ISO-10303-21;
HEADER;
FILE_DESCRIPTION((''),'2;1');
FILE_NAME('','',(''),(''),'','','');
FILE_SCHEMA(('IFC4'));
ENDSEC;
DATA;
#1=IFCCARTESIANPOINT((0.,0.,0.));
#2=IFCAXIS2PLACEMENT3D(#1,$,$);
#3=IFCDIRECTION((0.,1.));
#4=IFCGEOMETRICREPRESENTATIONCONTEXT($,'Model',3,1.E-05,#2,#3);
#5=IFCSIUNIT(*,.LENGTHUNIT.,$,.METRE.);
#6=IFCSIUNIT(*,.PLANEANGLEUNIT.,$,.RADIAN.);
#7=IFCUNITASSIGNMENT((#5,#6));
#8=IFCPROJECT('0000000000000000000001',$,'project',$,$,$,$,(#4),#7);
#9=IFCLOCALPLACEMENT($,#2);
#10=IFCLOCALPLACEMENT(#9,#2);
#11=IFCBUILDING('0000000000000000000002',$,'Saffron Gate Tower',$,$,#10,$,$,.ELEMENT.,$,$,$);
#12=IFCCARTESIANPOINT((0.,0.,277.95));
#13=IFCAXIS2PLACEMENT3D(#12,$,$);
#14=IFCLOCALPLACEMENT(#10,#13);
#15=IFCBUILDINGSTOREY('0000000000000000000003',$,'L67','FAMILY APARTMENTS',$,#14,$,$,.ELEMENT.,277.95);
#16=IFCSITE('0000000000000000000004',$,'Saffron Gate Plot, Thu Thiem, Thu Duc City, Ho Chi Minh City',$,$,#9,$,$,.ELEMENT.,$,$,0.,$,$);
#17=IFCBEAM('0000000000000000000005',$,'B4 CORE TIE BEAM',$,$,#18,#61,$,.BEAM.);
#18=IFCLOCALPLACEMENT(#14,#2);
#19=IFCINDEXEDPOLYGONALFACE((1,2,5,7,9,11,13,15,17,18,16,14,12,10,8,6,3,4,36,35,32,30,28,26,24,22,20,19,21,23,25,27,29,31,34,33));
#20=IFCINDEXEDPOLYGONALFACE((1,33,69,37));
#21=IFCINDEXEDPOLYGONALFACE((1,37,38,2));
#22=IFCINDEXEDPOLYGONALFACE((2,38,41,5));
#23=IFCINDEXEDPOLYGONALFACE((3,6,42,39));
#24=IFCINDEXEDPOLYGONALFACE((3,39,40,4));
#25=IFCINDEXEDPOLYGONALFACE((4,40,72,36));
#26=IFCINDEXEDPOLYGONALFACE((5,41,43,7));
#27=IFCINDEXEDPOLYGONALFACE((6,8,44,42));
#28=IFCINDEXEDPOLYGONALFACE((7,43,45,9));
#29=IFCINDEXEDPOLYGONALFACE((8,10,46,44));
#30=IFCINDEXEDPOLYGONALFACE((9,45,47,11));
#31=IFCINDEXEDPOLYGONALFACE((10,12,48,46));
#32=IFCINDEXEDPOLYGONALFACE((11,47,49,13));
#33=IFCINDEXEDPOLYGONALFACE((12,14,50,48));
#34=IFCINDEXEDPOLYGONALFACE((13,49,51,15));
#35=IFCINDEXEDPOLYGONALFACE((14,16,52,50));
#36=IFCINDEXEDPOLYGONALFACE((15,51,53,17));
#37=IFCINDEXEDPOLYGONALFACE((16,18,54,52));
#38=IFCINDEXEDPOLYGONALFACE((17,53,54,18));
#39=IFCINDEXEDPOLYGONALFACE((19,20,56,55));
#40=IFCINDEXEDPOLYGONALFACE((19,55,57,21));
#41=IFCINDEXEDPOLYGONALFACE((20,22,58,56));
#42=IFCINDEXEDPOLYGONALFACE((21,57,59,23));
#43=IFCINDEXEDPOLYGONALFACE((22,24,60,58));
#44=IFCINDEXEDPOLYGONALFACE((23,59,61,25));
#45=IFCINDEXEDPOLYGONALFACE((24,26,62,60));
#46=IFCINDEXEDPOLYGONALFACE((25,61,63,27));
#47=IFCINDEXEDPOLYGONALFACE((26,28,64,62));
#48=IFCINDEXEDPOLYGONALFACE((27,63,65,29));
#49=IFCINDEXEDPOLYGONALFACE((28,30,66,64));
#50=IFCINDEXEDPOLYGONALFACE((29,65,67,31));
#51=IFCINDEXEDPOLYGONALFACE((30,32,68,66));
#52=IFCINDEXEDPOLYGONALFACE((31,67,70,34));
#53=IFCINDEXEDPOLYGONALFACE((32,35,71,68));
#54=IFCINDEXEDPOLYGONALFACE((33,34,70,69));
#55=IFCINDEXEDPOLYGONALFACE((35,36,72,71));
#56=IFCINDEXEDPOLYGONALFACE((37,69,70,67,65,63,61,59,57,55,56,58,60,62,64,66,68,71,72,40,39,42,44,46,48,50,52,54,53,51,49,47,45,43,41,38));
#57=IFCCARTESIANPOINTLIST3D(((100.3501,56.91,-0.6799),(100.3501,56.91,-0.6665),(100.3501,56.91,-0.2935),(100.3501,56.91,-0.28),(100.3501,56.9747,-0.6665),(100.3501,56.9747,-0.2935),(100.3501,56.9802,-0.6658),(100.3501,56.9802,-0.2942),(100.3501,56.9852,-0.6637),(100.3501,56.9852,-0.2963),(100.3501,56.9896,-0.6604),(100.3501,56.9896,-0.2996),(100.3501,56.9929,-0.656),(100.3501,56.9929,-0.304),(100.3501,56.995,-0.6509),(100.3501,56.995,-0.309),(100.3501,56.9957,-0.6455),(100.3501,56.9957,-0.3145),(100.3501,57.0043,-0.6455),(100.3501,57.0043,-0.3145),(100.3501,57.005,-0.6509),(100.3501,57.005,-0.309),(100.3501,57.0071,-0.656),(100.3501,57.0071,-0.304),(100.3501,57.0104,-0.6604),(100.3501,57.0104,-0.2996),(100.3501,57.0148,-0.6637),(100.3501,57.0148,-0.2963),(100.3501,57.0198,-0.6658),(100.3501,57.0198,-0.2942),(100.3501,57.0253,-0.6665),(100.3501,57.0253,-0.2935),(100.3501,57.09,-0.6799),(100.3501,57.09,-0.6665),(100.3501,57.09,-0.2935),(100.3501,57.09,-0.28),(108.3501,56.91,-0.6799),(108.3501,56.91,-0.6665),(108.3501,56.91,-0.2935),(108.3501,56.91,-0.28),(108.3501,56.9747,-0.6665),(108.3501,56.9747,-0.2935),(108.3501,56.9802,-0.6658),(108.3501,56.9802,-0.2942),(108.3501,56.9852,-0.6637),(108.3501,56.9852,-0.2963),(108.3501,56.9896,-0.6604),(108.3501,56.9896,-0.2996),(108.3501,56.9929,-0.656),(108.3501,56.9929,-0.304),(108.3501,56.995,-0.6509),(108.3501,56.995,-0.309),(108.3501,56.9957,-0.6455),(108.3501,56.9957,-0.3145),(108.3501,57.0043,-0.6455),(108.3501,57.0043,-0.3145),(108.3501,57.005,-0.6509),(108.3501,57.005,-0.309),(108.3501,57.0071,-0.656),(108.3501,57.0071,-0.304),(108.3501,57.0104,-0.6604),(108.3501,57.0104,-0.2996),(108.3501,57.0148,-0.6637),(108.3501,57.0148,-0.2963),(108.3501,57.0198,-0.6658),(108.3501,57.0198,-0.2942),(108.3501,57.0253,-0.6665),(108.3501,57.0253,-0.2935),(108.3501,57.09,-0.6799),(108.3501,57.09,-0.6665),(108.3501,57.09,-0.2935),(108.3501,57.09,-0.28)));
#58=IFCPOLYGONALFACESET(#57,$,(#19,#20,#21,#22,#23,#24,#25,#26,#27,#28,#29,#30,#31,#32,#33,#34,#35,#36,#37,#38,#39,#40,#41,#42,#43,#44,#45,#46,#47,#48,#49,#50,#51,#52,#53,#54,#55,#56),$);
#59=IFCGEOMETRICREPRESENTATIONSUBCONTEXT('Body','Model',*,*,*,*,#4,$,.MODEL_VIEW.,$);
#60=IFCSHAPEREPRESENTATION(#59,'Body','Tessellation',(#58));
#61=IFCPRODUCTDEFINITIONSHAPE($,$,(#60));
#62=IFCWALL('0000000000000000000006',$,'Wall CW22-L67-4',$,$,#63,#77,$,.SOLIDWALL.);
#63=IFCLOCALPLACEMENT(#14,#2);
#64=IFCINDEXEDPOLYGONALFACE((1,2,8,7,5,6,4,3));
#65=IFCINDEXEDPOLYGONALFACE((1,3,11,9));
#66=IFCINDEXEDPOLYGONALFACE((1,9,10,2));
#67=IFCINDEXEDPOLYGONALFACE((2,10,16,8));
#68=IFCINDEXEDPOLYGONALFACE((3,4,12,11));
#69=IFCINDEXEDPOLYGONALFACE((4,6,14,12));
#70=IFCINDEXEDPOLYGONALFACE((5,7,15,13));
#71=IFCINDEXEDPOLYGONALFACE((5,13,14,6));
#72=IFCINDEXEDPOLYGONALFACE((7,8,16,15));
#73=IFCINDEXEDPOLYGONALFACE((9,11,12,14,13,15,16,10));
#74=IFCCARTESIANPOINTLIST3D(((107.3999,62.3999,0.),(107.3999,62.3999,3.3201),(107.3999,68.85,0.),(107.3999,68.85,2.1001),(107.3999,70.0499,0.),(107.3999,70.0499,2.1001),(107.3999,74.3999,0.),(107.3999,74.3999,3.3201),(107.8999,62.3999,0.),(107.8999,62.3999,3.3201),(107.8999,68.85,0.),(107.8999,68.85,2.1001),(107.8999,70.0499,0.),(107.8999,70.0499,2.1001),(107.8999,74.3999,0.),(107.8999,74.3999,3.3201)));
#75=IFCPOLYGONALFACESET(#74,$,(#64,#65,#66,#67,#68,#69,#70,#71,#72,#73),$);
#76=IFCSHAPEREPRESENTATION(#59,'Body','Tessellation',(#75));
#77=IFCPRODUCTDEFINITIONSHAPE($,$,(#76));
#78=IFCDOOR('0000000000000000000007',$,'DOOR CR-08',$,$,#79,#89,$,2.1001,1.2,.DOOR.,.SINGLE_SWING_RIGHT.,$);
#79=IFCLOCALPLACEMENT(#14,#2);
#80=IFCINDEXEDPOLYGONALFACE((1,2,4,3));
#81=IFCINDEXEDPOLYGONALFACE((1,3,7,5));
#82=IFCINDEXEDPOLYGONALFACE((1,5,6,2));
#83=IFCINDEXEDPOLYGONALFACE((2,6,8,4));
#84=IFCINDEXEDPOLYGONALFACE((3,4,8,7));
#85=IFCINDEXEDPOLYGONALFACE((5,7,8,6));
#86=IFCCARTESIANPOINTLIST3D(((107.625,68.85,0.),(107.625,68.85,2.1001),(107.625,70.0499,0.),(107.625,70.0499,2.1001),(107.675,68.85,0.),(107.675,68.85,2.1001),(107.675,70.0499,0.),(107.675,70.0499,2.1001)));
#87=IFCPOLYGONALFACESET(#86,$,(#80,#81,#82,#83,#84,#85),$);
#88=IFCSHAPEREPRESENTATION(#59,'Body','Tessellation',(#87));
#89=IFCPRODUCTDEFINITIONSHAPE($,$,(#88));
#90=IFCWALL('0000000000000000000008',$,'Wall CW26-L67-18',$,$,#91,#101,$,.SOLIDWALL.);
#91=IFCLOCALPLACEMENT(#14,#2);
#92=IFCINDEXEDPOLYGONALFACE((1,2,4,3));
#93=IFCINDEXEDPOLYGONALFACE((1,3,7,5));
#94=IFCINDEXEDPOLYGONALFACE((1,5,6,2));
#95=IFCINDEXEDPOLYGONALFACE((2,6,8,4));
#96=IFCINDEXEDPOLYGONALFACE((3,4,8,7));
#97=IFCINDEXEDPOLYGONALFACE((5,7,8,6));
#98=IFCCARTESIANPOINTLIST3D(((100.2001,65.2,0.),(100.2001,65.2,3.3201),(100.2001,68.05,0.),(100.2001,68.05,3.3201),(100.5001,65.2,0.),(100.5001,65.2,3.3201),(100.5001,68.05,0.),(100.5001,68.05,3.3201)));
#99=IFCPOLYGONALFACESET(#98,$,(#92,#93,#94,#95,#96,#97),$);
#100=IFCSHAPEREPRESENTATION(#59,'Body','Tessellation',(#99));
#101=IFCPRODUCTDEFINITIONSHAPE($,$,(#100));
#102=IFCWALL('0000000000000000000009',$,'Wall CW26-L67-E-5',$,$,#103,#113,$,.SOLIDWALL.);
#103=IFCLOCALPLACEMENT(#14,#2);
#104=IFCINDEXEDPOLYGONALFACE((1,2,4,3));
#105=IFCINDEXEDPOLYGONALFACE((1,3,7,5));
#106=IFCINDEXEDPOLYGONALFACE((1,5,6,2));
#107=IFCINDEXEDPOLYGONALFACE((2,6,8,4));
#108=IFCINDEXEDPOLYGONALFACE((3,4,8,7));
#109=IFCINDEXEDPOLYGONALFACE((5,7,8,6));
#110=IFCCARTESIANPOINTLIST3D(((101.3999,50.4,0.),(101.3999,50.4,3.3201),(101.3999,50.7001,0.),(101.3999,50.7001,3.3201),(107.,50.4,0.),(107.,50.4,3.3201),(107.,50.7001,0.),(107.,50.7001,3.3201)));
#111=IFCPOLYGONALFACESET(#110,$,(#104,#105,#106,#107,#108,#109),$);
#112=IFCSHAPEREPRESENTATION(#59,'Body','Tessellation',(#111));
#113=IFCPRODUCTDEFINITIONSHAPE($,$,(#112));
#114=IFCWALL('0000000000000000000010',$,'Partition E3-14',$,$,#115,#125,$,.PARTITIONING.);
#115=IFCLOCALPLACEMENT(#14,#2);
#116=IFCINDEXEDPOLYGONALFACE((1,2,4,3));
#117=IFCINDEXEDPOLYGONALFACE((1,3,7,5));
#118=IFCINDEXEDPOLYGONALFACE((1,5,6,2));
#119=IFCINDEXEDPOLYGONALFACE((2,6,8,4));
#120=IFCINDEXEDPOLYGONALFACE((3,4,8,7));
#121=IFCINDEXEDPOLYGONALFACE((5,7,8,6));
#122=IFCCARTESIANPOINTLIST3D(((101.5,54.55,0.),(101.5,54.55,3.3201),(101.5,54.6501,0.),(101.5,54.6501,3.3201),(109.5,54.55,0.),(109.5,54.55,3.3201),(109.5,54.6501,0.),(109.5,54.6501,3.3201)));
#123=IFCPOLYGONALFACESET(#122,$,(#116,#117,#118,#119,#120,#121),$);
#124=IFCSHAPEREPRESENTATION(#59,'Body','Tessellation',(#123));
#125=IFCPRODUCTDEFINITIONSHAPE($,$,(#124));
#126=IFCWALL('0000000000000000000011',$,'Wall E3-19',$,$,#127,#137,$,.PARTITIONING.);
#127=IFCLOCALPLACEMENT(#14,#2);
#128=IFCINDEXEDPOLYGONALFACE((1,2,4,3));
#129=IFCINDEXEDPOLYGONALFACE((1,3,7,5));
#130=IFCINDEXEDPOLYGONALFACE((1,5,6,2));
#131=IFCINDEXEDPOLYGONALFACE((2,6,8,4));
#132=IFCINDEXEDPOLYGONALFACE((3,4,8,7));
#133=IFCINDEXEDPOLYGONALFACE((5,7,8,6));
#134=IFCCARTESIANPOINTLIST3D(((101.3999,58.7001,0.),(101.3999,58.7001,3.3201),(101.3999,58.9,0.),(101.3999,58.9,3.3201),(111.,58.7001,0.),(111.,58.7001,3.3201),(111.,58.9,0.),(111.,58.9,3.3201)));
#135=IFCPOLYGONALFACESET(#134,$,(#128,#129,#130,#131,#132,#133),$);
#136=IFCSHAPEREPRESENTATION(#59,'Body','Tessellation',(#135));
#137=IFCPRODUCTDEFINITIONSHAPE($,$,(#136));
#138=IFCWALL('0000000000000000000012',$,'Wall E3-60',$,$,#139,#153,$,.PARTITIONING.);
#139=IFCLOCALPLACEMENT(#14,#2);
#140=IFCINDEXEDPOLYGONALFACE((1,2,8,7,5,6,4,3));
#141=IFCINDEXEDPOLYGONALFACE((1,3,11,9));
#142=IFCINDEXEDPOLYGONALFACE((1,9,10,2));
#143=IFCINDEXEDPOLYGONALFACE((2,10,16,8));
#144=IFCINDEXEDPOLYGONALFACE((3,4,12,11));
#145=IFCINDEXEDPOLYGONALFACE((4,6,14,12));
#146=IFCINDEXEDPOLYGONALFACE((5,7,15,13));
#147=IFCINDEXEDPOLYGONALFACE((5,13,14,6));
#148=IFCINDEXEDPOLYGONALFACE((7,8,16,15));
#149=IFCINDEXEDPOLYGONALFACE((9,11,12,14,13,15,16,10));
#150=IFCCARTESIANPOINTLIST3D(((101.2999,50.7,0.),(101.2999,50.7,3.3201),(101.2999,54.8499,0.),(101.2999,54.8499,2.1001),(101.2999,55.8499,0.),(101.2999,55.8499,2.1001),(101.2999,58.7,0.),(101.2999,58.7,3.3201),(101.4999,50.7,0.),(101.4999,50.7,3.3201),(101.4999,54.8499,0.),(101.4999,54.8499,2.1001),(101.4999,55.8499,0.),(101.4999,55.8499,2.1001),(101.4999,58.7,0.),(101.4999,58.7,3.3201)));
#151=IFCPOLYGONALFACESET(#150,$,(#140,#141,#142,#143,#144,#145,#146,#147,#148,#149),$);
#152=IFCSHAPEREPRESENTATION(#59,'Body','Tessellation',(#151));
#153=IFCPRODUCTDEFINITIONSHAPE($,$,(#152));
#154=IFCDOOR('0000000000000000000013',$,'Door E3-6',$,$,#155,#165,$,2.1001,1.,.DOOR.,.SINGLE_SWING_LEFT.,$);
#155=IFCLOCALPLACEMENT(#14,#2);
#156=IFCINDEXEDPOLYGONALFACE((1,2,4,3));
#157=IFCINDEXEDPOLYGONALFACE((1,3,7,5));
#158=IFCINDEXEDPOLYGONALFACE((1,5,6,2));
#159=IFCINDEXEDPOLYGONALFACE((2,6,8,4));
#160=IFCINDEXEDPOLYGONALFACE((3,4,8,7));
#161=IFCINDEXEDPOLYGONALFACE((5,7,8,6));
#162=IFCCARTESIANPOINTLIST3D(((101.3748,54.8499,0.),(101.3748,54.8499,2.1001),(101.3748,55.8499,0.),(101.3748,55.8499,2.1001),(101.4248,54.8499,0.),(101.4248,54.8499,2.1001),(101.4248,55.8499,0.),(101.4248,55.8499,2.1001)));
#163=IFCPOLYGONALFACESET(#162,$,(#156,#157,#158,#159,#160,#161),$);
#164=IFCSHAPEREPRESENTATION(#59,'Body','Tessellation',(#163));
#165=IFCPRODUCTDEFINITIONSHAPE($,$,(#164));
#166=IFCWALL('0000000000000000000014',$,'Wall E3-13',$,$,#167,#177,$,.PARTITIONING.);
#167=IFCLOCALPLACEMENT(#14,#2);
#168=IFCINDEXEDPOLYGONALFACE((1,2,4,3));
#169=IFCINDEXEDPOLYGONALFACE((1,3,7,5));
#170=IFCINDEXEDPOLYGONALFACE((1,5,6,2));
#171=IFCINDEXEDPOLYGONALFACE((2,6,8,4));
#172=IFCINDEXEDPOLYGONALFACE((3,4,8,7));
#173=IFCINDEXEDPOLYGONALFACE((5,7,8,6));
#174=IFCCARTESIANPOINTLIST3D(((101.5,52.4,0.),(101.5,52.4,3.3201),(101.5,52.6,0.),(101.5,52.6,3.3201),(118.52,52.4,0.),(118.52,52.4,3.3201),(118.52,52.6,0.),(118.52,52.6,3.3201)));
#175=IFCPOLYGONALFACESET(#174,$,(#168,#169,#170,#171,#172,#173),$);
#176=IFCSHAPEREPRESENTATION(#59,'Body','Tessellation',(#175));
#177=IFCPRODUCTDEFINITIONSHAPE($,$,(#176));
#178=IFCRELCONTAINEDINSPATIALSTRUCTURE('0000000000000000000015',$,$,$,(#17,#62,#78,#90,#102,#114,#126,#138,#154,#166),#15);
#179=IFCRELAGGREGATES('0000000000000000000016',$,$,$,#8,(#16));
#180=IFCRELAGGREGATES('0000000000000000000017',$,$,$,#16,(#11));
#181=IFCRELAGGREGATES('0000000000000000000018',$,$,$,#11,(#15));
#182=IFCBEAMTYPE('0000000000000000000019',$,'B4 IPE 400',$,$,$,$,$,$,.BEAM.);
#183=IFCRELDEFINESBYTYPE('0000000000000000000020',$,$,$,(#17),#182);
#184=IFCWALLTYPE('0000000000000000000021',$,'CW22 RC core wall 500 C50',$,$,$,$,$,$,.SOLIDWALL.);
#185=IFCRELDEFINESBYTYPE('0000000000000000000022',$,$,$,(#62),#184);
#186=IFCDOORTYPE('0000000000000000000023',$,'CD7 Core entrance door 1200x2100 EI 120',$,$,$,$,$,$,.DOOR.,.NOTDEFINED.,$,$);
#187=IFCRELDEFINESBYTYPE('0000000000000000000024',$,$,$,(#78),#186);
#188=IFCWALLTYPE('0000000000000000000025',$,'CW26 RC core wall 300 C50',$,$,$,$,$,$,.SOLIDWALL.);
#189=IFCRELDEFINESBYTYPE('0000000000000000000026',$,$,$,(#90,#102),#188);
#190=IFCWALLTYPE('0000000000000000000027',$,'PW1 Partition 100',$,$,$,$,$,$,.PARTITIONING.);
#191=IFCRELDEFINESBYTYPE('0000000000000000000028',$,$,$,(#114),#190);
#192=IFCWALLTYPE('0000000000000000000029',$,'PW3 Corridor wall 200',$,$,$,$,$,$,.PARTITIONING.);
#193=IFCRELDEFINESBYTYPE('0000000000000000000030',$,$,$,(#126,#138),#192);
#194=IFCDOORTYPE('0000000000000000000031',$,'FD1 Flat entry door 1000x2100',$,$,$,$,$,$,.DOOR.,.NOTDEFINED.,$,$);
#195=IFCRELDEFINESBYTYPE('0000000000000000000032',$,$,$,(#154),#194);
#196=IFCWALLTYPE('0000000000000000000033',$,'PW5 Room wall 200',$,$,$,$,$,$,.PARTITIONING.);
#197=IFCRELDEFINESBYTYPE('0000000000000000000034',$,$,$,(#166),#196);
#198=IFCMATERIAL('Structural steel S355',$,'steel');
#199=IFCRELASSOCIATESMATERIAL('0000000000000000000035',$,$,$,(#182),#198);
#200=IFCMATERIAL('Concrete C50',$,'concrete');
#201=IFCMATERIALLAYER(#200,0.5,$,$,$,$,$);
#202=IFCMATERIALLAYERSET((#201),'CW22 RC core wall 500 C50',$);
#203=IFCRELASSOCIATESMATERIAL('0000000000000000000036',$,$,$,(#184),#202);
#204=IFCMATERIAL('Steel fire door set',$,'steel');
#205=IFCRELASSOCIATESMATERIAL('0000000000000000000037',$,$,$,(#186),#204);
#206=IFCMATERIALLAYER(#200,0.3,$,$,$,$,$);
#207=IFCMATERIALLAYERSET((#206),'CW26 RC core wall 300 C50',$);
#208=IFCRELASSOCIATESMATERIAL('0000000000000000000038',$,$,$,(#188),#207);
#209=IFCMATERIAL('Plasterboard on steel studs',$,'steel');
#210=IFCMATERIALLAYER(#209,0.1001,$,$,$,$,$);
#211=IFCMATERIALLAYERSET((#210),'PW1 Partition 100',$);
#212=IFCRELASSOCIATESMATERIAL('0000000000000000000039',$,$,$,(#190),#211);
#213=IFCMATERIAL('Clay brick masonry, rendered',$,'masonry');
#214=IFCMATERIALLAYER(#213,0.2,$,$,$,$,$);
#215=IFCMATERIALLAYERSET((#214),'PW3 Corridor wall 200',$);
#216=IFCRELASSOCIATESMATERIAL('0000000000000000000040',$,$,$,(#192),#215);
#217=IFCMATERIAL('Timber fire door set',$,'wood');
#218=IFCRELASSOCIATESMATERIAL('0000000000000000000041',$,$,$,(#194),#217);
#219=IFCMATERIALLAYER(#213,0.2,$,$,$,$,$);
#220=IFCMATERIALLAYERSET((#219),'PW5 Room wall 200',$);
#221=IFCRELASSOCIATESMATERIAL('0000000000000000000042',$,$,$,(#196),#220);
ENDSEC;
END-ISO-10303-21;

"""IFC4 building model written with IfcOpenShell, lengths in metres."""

from ifc_helpers import new_model, si_unit, direction, frame, frame_2d, origin, origin_2d, place, context, subcontext, project, spatial, rectangle, i_section, extrude, material, layer, layer_set, material_profile, profile_set, type_object, element, fill, save


model = new_model("IFC4")

# Units and contexts
model_context = context("Model", 3, precision=1e-05, world=origin(), true_north=direction((0.0, 1.0)))
body_context = subcontext(model_context, "Body", "Model", "MODEL_VIEW")
ifc_project = project(units=[si_unit("LENGTHUNIT", "METRE"), si_unit("PLANEANGLEUNIT", "RADIAN")], contexts=[model_context])

# Site, building, storey
site_placement = place(None, origin())
site = spatial("IfcSite", under=ifc_project, at=site_placement, Name="Saffron Gate Plot, Thu Thiem, Thu Duc City, Ho Chi Minh City", CompositionType="ELEMENT", RefElevation=0.0)
building_placement = place(site_placement, origin())
building = spatial("IfcBuilding", under=site, at=building_placement, Name="Saffron Gate Tower", CompositionType="ELEMENT")
storey_placement = place(building_placement, frame((0.0, 0.0, 277.95)))
storey = spatial("IfcBuildingStorey", under=building, at=storey_placement, Name="L67", Description="FAMILY APARTMENTS", CompositionType="ELEMENT", Elevation=277.95)

# Beam
ifc_material_1 = material(Name="Structural steel S355", Category="steel")
ifc_material_profile = material_profile(ifc_material_1, i_section(OverallWidth=0.1799, OverallDepth=0.3999, WebThickness=0.0085, FlangeThickness=0.0134, FilletRadius=0.021, at=origin_2d()))
ifc_profile_set = profile_set([ifc_material_profile], Name="Structural steel S355")
beam_type = type_object("IfcBeamType", Name="B4 IPE 400", PredefinedType="BEAM", material=ifc_profile_set)
beam_placement = place(storey_placement, frame((108.3501, 57.0, -0.48), z_axis=(-1.0, 0.0, 0.0), x_axis=(0.0, -1.0, 0.0)))
element("IfcBeam", 1, at=beam_placement, inside=storey, type_object=beam_type, Name="B4 CORE TIE BEAM", PredefinedType="BEAM", context=body_context, shape_type="SweptSolid", body=[
    extrude(i_section(OverallWidth=0.1799, OverallDepth=0.3999, WebThickness=0.0085, FlangeThickness=0.0134, FilletRadius=0.021, at=origin_2d()), origin(), (0.0, 0.0, 1.0), 8.0),
])

# Wall, opening, door
ifc_material_2 = material(Name="Concrete C50", Category="concrete")
ifc_layer_1 = layer(ifc_material_2, 0.5)
ifc_layer_set_1 = layer_set([ifc_layer_1], Name="CW22 RC core wall 500 C50")
wall_type_1 = type_object("IfcWallType", Name="CW22 RC core wall 500 C50", PredefinedType="SOLIDWALL", material=ifc_layer_set_1)
wall_1_placement = place(storey_placement, frame((107.6499, 62.3999, 0.0), z_axis=(0.0, 0.0, 1.0), x_axis=(0.0, 1.0, 0.0)))
wall_1 = element("IfcWall", 2, at=wall_1_placement, inside=storey, type_object=wall_type_1, Name="Wall CW22-L67-4", PredefinedType="SOLIDWALL", context=body_context, shape_type="SweptSolid", body=[
    extrude(rectangle(XDim=12.0, YDim=0.5, at=frame_2d((6.0, 0.0))), origin(), (0.0, 0.0, 1.0), 3.3201),
])
opening_1_placement = place(wall_1_placement, frame((6.45, 0.0, 0.0)))
opening_1 = element("IfcOpeningElement", 3, at=opening_1_placement, cuts=wall_1, PredefinedType="OPENING", context=body_context, shape_type="SweptSolid", body=[
    extrude(rectangle(XDim=1.2, YDim=2.1001, at=frame_2d((0.6001, 1.05))), frame((0.0, 0.26, 0.0), z_axis=(0.0, -1.0, 0.0), x_axis=(1.0, 0.0, 0.0)), (0.0, 0.0, 1.0), 0.52),
])
ifc_material_3 = material(Name="Steel fire door set", Category="steel")
door_type_1 = type_object("IfcDoorType", Name="CD7 Core entrance door 1200x2100 EI 120", OperationType="NOTDEFINED", PredefinedType="DOOR", material=ifc_material_3)
door_1_placement = place(opening_1_placement, origin())
door_1 = element("IfcDoor", 4, at=door_1_placement, inside=storey, type_object=door_type_1, Name="DOOR CR-08", OperationType="SINGLE_SWING_RIGHT", OverallHeight=2.1001, OverallWidth=1.2, PredefinedType="DOOR", context=body_context, shape_type="SweptSolid", body=[
    extrude(rectangle(XDim=1.2, YDim=2.1001, at=frame_2d((0.6001, 1.05))), frame((0.0, 0.0249, 0.0), z_axis=(0.0, -1.0, 0.0), x_axis=(1.0, 0.0, 0.0)), (0.0, 0.0, 1.0), 0.05),
])
fill(opening_1, door_1)

# Walls
ifc_layer_2 = layer(ifc_material_2, 0.3)
ifc_layer_set_2 = layer_set([ifc_layer_2], Name="CW26 RC core wall 300 C50")
wall_type_2 = type_object("IfcWallType", Name="CW26 RC core wall 300 C50", PredefinedType="SOLIDWALL", material=ifc_layer_set_2)
wall_2_placement = place(storey_placement, frame((100.3501, 65.2, 0.0), z_axis=(0.0, 0.0, 1.0), x_axis=(0.0, 1.0, 0.0)))
element("IfcWall", 5, at=wall_2_placement, inside=storey, type_object=wall_type_2, Name="Wall CW26-L67-18", PredefinedType="SOLIDWALL", context=body_context, shape_type="SweptSolid", body=[
    extrude(rectangle(XDim=2.8501, YDim=0.3, at=frame_2d((1.425, 0.0))), origin(), (0.0, 0.0, 1.0), 3.3201),
])
wall_3_placement = place(storey_placement, frame((101.3999, 50.55, 0.0), z_axis=(0.0, 0.0, 1.0), x_axis=(1.0, 0.0, 0.0)))
element("IfcWall", 6, at=wall_3_placement, inside=storey, type_object=wall_type_2, Name="Wall CW26-L67-E-5", PredefinedType="SOLIDWALL", context=body_context, shape_type="SweptSolid", body=[
    extrude(rectangle(XDim=5.6001, YDim=0.3, at=frame_2d((2.8, 0.0))), origin(), (0.0, 0.0, 1.0), 3.3201),
])
ifc_material_4 = material(Name="Plasterboard on steel studs", Category="steel")
ifc_layer_3 = layer(ifc_material_4, 0.1001)
ifc_layer_set_3 = layer_set([ifc_layer_3], Name="PW1 Partition 100")
wall_type_3 = type_object("IfcWallType", Name="PW1 Partition 100", PredefinedType="PARTITIONING", material=ifc_layer_set_3)
wall_4_placement = place(storey_placement, frame((101.5, 54.6001, 0.0), z_axis=(0.0, 0.0, 1.0), x_axis=(1.0, 0.0, 0.0)))
element("IfcWall", 7, at=wall_4_placement, inside=storey, type_object=wall_type_3, Name="Partition E3-14", PredefinedType="PARTITIONING", context=body_context, shape_type="SweptSolid", body=[
    extrude(rectangle(XDim=8.0, YDim=0.1001, at=frame_2d((4.0, 0.0))), origin(), (0.0, 0.0, 1.0), 3.3201),
])
ifc_material_5 = material(Name="Clay brick masonry, rendered", Category="masonry")
ifc_layer_4 = layer(ifc_material_5, 0.2)
ifc_layer_set_4 = layer_set([ifc_layer_4], Name="PW3 Corridor wall 200")
wall_type_4 = type_object("IfcWallType", Name="PW3 Corridor wall 200", PredefinedType="PARTITIONING", material=ifc_layer_set_4)
wall_5_placement = place(storey_placement, frame((101.3999, 58.8, 0.0), z_axis=(0.0, 0.0, 1.0), x_axis=(1.0, 0.0, 0.0)))
element("IfcWall", 8, at=wall_5_placement, inside=storey, type_object=wall_type_4, Name="Wall E3-19", PredefinedType="PARTITIONING", context=body_context, shape_type="SweptSolid", body=[
    extrude(rectangle(XDim=9.6001, YDim=0.2, at=frame_2d((4.8, 0.0))), origin(), (0.0, 0.0, 1.0), 3.3201),
])

# Wall, opening, door
wall_6_placement = place(storey_placement, frame((101.3999, 58.7, 0.0), z_axis=(0.0, 0.0, 1.0), x_axis=(0.0, -1.0, 0.0)))
wall_6 = element("IfcWall", 9, at=wall_6_placement, inside=storey, type_object=wall_type_4, Name="Wall E3-60", PredefinedType="PARTITIONING", context=body_context, shape_type="SweptSolid", body=[
    extrude(rectangle(XDim=8.0, YDim=0.2, at=frame_2d((4.0, 0.0))), origin(), (0.0, 0.0, 1.0), 3.3201),
])
opening_2_placement = place(wall_6_placement, frame((2.8501, 0.0, 0.0)))
opening_2 = element("IfcOpeningElement", 10, at=opening_2_placement, cuts=wall_6, PredefinedType="OPENING", context=body_context, shape_type="SweptSolid", body=[
    extrude(rectangle(XDim=1.0, YDim=2.1001, at=frame_2d((0.5, 1.05))), frame((0.0, 0.1099, 0.0), z_axis=(0.0, -1.0, 0.0), x_axis=(1.0, 0.0, 0.0)), (0.0, 0.0, 1.0), 0.22),
])
ifc_material_6 = material(Name="Timber fire door set", Category="wood")
door_type_2 = type_object("IfcDoorType", Name="FD1 Flat entry door 1000x2100", OperationType="NOTDEFINED", PredefinedType="DOOR", material=ifc_material_6)
door_2_placement = place(opening_2_placement, origin())
door_2 = element("IfcDoor", 11, at=door_2_placement, inside=storey, type_object=door_type_2, Name="Door E3-6", OperationType="SINGLE_SWING_LEFT", OverallHeight=2.1001, OverallWidth=1.0, PredefinedType="DOOR", context=body_context, shape_type="SweptSolid", body=[
    extrude(rectangle(XDim=1.0, YDim=2.1001, at=frame_2d((0.5, 1.05))), frame((0.0, 0.0249, 0.0), z_axis=(0.0, -1.0, 0.0), x_axis=(1.0, 0.0, 0.0)), (0.0, 0.0, 1.0), 0.05),
])
fill(opening_2, door_2)

# Wall
ifc_layer_5 = layer(ifc_material_5, 0.2)
ifc_layer_set_5 = layer_set([ifc_layer_5], Name="PW5 Room wall 200")
wall_type_5 = type_object("IfcWallType", Name="PW5 Room wall 200", PredefinedType="PARTITIONING", material=ifc_layer_set_5)
wall_7_placement = place(storey_placement, frame((101.5, 52.5, 0.0), z_axis=(0.0, 0.0, 1.0), x_axis=(1.0, 0.0, 0.0)))
element("IfcWall", 12, at=wall_7_placement, inside=storey, type_object=wall_type_5, Name="Wall E3-13", PredefinedType="PARTITIONING", context=body_context, shape_type="SweptSolid", body=[
    extrude(rectangle(XDim=17.02, YDim=0.2, at=frame_2d((8.51, 0.0))), origin(), (0.0, 0.0, 1.0), 3.3201),
])

save(model, "model.ifc")
